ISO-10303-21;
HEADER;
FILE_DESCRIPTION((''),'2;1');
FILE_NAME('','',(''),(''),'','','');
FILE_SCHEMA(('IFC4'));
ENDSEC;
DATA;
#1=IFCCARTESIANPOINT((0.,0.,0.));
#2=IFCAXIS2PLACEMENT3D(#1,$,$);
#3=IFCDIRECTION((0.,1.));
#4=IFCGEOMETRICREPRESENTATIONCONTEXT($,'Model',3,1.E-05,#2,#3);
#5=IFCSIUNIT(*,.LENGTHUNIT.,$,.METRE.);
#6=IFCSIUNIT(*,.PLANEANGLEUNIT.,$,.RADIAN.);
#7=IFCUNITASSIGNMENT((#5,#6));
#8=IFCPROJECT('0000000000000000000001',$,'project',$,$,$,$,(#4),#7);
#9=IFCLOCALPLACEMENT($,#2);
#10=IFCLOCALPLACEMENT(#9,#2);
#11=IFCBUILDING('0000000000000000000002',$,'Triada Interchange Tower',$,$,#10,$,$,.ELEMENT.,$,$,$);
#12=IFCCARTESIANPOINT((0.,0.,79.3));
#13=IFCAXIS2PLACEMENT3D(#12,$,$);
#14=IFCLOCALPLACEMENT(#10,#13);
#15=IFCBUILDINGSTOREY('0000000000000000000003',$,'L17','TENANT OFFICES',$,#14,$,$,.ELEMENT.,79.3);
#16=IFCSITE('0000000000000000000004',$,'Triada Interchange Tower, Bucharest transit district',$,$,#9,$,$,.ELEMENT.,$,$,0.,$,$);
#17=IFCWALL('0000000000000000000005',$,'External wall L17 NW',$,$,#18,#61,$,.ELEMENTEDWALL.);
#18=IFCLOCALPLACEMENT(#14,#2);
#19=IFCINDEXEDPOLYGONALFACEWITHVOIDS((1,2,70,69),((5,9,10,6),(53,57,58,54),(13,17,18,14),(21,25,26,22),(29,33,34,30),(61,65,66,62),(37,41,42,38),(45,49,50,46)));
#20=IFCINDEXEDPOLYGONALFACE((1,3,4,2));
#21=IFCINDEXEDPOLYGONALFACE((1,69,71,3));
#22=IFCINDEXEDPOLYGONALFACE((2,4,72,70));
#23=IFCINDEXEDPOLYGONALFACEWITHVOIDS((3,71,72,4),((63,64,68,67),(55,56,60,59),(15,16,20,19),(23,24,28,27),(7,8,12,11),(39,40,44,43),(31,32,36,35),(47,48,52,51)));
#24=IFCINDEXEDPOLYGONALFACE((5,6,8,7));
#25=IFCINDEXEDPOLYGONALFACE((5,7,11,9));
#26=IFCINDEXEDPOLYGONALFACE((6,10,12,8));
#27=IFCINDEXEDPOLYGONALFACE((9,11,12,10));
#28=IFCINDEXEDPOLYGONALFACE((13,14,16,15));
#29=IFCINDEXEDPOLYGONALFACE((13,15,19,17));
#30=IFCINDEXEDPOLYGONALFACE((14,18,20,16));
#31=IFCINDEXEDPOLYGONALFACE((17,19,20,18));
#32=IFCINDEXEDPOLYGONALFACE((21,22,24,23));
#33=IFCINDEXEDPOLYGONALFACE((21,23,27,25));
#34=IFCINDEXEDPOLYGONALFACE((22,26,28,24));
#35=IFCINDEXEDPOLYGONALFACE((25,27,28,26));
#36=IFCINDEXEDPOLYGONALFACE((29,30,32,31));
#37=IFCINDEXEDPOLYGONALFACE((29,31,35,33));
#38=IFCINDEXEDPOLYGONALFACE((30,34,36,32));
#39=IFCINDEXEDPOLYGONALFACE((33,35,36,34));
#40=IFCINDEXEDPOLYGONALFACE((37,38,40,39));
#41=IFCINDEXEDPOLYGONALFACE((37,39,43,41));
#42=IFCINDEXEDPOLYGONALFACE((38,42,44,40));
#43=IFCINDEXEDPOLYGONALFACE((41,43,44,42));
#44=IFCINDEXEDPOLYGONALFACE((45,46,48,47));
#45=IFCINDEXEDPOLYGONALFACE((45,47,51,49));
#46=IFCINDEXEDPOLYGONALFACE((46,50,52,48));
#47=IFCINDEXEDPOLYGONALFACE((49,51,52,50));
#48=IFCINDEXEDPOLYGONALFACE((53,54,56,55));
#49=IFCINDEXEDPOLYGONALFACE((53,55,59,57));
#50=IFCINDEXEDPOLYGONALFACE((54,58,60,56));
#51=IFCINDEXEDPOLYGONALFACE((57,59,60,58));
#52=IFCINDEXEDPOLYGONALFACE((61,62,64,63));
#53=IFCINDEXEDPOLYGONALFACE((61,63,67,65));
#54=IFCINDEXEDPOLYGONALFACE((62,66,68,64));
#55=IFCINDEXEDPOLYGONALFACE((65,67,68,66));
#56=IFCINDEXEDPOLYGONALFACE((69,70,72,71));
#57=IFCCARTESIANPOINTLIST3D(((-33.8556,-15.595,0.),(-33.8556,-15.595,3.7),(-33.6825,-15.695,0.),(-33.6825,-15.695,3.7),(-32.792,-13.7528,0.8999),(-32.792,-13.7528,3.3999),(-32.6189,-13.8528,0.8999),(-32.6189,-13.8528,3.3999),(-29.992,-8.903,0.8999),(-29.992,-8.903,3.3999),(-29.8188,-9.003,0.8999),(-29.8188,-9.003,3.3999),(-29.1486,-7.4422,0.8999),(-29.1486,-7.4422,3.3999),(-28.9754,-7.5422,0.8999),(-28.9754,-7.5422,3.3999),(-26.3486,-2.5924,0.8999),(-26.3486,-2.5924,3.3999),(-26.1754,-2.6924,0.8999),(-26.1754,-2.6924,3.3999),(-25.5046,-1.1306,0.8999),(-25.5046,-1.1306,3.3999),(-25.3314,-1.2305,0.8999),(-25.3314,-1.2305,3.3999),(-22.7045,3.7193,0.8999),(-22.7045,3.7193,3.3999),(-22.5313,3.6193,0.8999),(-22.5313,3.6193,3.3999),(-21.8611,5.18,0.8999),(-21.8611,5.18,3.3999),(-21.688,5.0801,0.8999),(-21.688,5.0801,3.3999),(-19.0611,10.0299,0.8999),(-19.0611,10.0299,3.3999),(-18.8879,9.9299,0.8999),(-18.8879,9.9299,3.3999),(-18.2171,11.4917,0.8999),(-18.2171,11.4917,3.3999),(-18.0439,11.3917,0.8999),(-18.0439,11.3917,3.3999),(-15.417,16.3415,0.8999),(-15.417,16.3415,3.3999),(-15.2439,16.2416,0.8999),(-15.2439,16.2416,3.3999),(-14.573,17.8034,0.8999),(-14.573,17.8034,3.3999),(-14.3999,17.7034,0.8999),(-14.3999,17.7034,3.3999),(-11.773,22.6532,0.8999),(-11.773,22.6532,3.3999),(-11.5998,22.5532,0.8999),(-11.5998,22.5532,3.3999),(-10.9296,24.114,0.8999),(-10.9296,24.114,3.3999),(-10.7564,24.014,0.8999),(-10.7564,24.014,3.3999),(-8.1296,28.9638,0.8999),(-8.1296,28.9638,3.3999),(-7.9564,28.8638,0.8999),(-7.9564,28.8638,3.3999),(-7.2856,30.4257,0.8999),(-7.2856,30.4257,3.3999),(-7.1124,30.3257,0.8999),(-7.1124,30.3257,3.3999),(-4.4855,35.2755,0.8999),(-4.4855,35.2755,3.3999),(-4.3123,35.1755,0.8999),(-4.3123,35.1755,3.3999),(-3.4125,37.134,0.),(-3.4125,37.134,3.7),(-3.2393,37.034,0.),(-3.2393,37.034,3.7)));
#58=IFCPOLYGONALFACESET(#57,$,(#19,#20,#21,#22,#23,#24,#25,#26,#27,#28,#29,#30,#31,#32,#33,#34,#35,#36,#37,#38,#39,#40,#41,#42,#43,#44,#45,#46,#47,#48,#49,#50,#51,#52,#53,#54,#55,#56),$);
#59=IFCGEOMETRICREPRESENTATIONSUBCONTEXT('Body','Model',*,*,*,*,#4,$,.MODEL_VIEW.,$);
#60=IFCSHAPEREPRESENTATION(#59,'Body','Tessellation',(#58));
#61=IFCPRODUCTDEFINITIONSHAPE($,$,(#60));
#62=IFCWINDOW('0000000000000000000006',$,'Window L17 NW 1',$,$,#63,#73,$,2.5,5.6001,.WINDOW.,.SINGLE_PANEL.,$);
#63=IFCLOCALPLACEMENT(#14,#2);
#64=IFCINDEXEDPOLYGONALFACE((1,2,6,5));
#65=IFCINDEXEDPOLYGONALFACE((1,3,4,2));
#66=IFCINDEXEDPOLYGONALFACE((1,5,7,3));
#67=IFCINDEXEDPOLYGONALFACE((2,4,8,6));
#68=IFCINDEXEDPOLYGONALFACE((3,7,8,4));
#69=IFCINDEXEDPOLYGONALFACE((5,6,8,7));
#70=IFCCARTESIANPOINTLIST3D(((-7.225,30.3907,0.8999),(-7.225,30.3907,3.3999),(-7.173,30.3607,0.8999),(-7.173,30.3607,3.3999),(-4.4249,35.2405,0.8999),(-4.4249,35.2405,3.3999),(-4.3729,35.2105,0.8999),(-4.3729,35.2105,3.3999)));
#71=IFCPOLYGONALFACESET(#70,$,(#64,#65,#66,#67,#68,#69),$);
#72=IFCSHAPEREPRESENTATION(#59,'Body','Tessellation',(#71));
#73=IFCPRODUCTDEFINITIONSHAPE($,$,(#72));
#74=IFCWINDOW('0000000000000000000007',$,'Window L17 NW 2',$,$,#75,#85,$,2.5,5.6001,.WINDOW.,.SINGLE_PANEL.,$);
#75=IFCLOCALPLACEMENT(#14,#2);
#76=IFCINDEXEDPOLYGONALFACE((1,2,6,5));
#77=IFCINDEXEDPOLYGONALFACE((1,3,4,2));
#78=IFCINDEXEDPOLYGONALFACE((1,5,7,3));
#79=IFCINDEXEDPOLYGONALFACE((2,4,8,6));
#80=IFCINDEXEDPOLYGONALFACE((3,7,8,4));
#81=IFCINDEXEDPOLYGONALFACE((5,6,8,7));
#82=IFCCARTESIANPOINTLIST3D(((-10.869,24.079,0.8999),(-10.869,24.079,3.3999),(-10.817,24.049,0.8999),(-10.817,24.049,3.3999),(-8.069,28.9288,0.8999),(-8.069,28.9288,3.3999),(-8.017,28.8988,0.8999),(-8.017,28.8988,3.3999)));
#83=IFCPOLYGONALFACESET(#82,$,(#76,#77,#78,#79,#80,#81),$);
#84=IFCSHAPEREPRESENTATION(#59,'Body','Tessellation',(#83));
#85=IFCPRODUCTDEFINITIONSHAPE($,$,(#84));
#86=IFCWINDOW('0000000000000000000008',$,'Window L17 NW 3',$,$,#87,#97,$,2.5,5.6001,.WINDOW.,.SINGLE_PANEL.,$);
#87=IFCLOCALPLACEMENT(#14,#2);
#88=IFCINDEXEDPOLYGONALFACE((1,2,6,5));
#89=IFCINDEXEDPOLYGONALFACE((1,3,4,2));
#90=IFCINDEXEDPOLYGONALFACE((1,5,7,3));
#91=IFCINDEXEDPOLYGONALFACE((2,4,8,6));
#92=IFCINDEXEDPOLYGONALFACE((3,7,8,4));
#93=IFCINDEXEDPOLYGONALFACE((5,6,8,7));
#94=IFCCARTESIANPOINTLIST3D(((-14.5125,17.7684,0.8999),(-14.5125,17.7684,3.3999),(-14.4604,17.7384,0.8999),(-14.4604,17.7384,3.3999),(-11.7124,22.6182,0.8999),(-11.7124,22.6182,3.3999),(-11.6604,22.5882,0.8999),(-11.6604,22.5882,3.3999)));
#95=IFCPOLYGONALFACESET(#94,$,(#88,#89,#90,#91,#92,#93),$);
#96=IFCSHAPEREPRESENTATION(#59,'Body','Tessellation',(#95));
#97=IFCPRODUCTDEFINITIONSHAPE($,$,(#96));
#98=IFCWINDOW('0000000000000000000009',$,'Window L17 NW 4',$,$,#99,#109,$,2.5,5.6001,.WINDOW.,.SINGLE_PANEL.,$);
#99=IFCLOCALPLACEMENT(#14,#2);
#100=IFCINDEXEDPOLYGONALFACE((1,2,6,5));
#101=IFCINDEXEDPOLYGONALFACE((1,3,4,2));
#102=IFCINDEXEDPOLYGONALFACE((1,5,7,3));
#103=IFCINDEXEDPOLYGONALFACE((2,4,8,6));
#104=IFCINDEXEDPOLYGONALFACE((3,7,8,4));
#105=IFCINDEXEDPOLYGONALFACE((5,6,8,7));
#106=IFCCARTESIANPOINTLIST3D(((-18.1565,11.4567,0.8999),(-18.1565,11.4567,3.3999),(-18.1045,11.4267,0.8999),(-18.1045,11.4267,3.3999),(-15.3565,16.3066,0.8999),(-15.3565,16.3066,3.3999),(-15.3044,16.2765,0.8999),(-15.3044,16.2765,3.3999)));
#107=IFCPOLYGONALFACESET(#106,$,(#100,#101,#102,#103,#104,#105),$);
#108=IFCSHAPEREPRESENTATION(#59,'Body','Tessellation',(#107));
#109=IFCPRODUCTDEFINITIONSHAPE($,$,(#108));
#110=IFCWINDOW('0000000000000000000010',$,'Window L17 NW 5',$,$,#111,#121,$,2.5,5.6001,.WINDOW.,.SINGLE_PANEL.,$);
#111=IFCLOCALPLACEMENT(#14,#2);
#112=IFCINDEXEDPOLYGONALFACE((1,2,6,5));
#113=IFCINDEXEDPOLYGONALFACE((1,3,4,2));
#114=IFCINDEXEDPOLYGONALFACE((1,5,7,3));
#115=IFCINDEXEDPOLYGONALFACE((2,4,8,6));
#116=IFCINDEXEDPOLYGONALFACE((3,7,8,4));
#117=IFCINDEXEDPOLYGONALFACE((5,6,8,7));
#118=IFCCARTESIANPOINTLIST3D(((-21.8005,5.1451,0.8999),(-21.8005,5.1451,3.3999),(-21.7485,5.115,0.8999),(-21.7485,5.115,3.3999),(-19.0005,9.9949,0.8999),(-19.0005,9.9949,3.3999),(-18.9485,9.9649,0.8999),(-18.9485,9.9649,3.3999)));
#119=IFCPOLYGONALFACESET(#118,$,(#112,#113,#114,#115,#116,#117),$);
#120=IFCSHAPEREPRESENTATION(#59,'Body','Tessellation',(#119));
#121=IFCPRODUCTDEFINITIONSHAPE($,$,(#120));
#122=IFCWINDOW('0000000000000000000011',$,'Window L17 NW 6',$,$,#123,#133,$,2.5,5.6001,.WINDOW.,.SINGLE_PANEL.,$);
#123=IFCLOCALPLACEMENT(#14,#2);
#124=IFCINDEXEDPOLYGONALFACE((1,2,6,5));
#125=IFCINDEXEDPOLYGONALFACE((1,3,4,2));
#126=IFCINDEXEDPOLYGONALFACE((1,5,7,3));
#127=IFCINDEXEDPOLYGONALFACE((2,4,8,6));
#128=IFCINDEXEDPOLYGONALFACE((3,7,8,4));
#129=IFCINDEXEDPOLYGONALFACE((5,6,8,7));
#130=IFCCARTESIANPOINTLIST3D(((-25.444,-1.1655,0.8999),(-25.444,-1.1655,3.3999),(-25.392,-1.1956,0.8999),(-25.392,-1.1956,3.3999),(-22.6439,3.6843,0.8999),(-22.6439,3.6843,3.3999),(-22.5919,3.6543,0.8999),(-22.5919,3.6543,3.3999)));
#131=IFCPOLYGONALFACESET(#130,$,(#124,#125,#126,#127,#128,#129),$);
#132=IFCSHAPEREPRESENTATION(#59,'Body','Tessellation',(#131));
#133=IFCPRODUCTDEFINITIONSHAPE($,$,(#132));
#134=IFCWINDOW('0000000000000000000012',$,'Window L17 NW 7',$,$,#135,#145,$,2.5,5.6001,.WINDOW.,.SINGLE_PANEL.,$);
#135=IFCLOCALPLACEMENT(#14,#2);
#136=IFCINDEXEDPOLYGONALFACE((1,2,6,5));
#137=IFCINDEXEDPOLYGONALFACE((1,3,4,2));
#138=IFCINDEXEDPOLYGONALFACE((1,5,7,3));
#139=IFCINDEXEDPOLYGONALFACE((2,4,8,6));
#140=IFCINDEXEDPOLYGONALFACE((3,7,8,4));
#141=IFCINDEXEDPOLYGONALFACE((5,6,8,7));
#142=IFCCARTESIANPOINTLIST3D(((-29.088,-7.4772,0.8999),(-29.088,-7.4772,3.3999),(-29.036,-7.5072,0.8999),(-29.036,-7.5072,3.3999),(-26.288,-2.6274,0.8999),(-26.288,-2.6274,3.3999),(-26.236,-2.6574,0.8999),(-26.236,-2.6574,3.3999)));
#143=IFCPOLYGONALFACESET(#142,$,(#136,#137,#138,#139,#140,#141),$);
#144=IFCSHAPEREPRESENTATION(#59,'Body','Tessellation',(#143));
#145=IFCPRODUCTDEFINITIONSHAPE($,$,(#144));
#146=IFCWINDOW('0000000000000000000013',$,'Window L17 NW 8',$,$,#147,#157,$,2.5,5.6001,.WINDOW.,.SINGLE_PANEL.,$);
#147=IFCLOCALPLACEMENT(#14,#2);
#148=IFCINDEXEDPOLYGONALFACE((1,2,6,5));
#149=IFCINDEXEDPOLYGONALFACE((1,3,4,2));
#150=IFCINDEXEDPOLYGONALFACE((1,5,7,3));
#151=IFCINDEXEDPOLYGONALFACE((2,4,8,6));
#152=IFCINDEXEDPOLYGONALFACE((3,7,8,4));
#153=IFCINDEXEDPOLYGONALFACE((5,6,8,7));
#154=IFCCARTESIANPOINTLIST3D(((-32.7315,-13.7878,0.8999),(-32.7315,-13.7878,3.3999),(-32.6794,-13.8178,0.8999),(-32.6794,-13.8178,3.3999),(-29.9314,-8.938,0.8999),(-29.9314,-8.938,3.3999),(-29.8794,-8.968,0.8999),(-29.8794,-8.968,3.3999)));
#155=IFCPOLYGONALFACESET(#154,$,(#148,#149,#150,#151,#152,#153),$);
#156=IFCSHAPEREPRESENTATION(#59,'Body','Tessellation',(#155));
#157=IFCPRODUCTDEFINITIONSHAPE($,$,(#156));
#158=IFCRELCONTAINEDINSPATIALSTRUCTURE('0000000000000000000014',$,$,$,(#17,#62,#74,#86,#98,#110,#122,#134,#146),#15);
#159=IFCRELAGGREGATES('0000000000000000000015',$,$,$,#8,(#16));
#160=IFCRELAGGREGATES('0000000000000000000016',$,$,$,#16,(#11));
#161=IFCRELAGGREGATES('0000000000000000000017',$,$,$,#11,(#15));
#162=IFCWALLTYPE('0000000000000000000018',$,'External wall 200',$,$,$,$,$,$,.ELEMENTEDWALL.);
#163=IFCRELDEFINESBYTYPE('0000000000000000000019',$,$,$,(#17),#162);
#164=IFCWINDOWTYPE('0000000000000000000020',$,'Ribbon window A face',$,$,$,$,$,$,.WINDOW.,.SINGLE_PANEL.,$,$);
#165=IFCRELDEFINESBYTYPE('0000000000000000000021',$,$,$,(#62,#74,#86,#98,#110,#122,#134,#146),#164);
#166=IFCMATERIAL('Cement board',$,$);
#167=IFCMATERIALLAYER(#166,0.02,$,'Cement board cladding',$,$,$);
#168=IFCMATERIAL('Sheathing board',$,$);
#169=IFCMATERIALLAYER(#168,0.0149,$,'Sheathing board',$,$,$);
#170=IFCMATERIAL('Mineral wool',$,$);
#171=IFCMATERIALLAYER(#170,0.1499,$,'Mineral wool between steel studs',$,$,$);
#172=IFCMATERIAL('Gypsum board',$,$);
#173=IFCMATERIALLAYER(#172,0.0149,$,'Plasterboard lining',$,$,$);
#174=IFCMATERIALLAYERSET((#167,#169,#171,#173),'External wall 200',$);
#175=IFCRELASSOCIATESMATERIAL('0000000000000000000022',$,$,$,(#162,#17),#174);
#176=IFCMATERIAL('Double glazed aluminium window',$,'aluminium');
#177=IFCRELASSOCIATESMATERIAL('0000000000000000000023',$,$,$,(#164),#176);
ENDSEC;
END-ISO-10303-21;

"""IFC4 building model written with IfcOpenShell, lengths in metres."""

from ifc_helpers import new_model, si_unit, direction, frame, frame_2d, origin, place, context, subcontext, project, spatial, rectangle, extrude, material, layer, layer_set, layer_usage, type_object, element, fill, save


model = new_model("IFC4")

# Units and contexts
model_context = context("Model", 3, precision=1e-05, world=origin(), true_north=direction((0.0, 1.0)))
body_context = subcontext(model_context, "Body", "Model", "MODEL_VIEW")
ifc_project = project(units=[si_unit("LENGTHUNIT", "METRE"), si_unit("PLANEANGLEUNIT", "RADIAN")], contexts=[model_context])

# Site, building, storey
site_placement = place(None, origin())
site = spatial("IfcSite", under=ifc_project, at=site_placement, Name="Triada Interchange Tower, Bucharest transit district", CompositionType="ELEMENT", RefElevation=0.0)
building_placement = place(site_placement, origin())
building = spatial("IfcBuilding", under=site, at=building_placement, Name="Triada Interchange Tower", CompositionType="ELEMENT")
storey_placement = place(building_placement, frame((0.0, 0.0, 79.3)))
storey = spatial("IfcBuildingStorey", under=building, at=storey_placement, Name="L17", Description="TENANT OFFICES", CompositionType="ELEMENT", Elevation=79.3)

# Wall, openings, windows
ifc_material_1 = material(Name="Cement board")
ifc_layer_1 = layer(ifc_material_1, 0.02, Name="Cement board cladding")
ifc_material_2 = material(Name="Sheathing board")
ifc_layer_2 = layer(ifc_material_2, 0.0149, Name="Sheathing board")
ifc_material_3 = material(Name="Mineral wool")
ifc_layer_3 = layer(ifc_material_3, 0.1499, Name="Mineral wool between steel studs")
ifc_material_4 = material(Name="Gypsum board")
ifc_layer_4 = layer(ifc_material_4, 0.0149, Name="Plasterboard lining")
ifc_layer_set_1 = layer_set([ifc_layer_1, ifc_layer_2, ifc_layer_3, ifc_layer_4], Name="External wall 200")
ifc_layer_usage = layer_usage(ifc_layer_set_1, "AXIS2", "POSITIVE", -0.1001)
wall_type_1 = type_object("IfcWallType", Name="External wall 200", PredefinedType="ELEMENTEDWALL", material=ifc_layer_set_1)
wall_1_placement = place(storey_placement, frame((-3.3259, 37.084, 0.0), z_axis=(0.0, 0.0, 1.0), x_axis=(-0.5, -0.866025, 0.0)))
wall_1 = element("IfcWall", 1, at=wall_1_placement, inside=storey, type_object=wall_type_1, material=ifc_layer_usage, Name="External wall L17 NW", PredefinedType="ELEMENTEDWALL", context=body_context, shape_type="SweptSolid", body=[
    extrude(rectangle(XDim=60.8862, YDim=0.2, at=frame_2d((30.4431, 0.0))), origin(), (0.0, 0.0, 1.0), 3.7),
])
opening_1_placement = place(wall_1_placement, frame((2.146, 0.0, 0.8999)))
opening_1 = element("IfcOpeningElement", 2, at=opening_1_placement, cuts=wall_1, PredefinedType="OPENING", context=body_context, shape_type="SweptSolid", body=[
    extrude(rectangle(XDim=5.6001, YDim=2.5, at=frame_2d((2.8, 1.25))), frame((0.0, 0.1099, 0.0), z_axis=(0.0, -1.0, 0.0), x_axis=(1.0, 0.0, 0.0)), (0.0, 0.0, 1.0), 0.22),
])
opening_2_placement = place(wall_1_placement, frame((9.4341, 0.0, 0.8999)))
opening_2 = element("IfcOpeningElement", 3, at=opening_2_placement, cuts=wall_1, PredefinedType="OPENING", context=body_context, shape_type="SweptSolid", body=[
    extrude(rectangle(XDim=5.6001, YDim=2.5, at=frame_2d((2.8, 1.25))), frame((0.0, 0.1099, 0.0), z_axis=(0.0, -1.0, 0.0), x_axis=(1.0, 0.0, 0.0)), (0.0, 0.0, 1.0), 0.22),
])
opening_3_placement = place(wall_1_placement, frame((16.7209, 0.0, 0.8999)))
opening_3 = element("IfcOpeningElement", 4, at=opening_3_placement, cuts=wall_1, PredefinedType="OPENING", context=body_context, shape_type="SweptSolid", body=[
    extrude(rectangle(XDim=5.6001, YDim=2.5, at=frame_2d((2.8, 1.25))), frame((0.0, 0.1099, 0.0), z_axis=(0.0, -1.0, 0.0), x_axis=(1.0, 0.0, 0.0)), (0.0, 0.0, 1.0), 0.22),
])
opening_4_placement = place(wall_1_placement, frame((24.009, 0.0, 0.8999)))
opening_4 = element("IfcOpeningElement", 5, at=opening_4_placement, cuts=wall_1, PredefinedType="OPENING", context=body_context, shape_type="SweptSolid", body=[
    extrude(rectangle(XDim=5.6001, YDim=2.5, at=frame_2d((2.8, 1.25))), frame((0.0, 0.1099, 0.0), z_axis=(0.0, -1.0, 0.0), x_axis=(1.0, 0.0, 0.0)), (0.0, 0.0, 1.0), 0.22),
])
opening_5_placement = place(wall_1_placement, frame((31.2971, 0.0, 0.8999)))
opening_5 = element("IfcOpeningElement", 6, at=opening_5_placement, cuts=wall_1, PredefinedType="OPENING", context=body_context, shape_type="SweptSolid", body=[
    extrude(rectangle(XDim=5.6001, YDim=2.5, at=frame_2d((2.8, 1.25))), frame((0.0, 0.1099, 0.0), z_axis=(0.0, -1.0, 0.0), x_axis=(1.0, 0.0, 0.0)), (0.0, 0.0, 1.0), 0.22),
])
opening_6_placement = place(wall_1_placement, frame((38.584, 0.0, 0.8999)))
opening_6 = element("IfcOpeningElement", 7, at=opening_6_placement, cuts=wall_1, PredefinedType="OPENING", context=body_context, shape_type="SweptSolid", body=[
    extrude(rectangle(XDim=5.6001, YDim=2.5, at=frame_2d((2.8, 1.25))), frame((0.0, 0.1099, 0.0), z_axis=(0.0, -1.0, 0.0), x_axis=(1.0, 0.0, 0.0)), (0.0, 0.0, 1.0), 0.22),
])
opening_7_placement = place(wall_1_placement, frame((45.8721, 0.0, 0.8999)))
opening_7 = element("IfcOpeningElement", 8, at=opening_7_placement, cuts=wall_1, PredefinedType="OPENING", context=body_context, shape_type="SweptSolid", body=[
    extrude(rectangle(XDim=5.6001, YDim=2.5, at=frame_2d((2.8, 1.25))), frame((0.0, 0.1099, 0.0), z_axis=(0.0, -1.0, 0.0), x_axis=(1.0, 0.0, 0.0)), (0.0, 0.0, 1.0), 0.22),
])
opening_8_placement = place(wall_1_placement, frame((53.1589, 0.0, 0.8999)))
opening_8 = element("IfcOpeningElement", 9, at=opening_8_placement, cuts=wall_1, PredefinedType="OPENING", context=body_context, shape_type="SweptSolid", body=[
    extrude(rectangle(XDim=5.6001, YDim=2.5, at=frame_2d((2.8, 1.25))), frame((0.0, 0.1099, 0.0), z_axis=(0.0, -1.0, 0.0), x_axis=(1.0, 0.0, 0.0)), (0.0, 0.0, 1.0), 0.22),
])
ifc_material_5 = material(Name="Double glazed aluminium window", Category="aluminium")
window_type = type_object("IfcWindowType", Name="Ribbon window A face", PartitioningType="SINGLE_PANEL", PredefinedType="WINDOW", material=ifc_material_5)
window_1_placement = place(opening_1_placement, origin())
window_1 = element("IfcWindow", 10, at=window_1_placement, inside=storey, type_object=window_type, Name="Window L17 NW 1", OverallHeight=2.5, OverallWidth=5.6001, PartitioningType="SINGLE_PANEL", PredefinedType="WINDOW", context=body_context, shape_type="SweptSolid", body=[
    extrude(rectangle(XDim=5.6001, YDim=2.5, at=frame_2d((2.8, 1.25))), frame((0.0, 0.03, 0.0), z_axis=(0.0, -1.0, 0.0), x_axis=(1.0, 0.0, 0.0)), (0.0, 0.0, 1.0), 0.0601),
])
fill(opening_1, window_1)
window_2_placement = place(opening_2_placement, origin())
window_2 = element("IfcWindow", 11, at=window_2_placement, inside=storey, type_object=window_type, Name="Window L17 NW 2", OverallHeight=2.5, OverallWidth=5.6001, PartitioningType="SINGLE_PANEL", PredefinedType="WINDOW", context=body_context, shape_type="SweptSolid", body=[
    extrude(rectangle(XDim=5.6001, YDim=2.5, at=frame_2d((2.8, 1.25))), frame((0.0, 0.03, 0.0), z_axis=(0.0, -1.0, 0.0), x_axis=(1.0, 0.0, 0.0)), (0.0, 0.0, 1.0), 0.0601),
])
fill(opening_2, window_2)
window_3_placement = place(opening_3_placement, origin())
window_3 = element("IfcWindow", 12, at=window_3_placement, inside=storey, type_object=window_type, Name="Window L17 NW 3", OverallHeight=2.5, OverallWidth=5.6001, PartitioningType="SINGLE_PANEL", PredefinedType="WINDOW", context=body_context, shape_type="SweptSolid", body=[
    extrude(rectangle(XDim=5.6001, YDim=2.5, at=frame_2d((2.8, 1.25))), frame((0.0, 0.03, 0.0), z_axis=(0.0, -1.0, 0.0), x_axis=(1.0, 0.0, 0.0)), (0.0, 0.0, 1.0), 0.0601),
])
fill(opening_3, window_3)
window_4_placement = place(opening_4_placement, origin())
window_4 = element("IfcWindow", 13, at=window_4_placement, inside=storey, type_object=window_type, Name="Window L17 NW 4", OverallHeight=2.5, OverallWidth=5.6001, PartitioningType="SINGLE_PANEL", PredefinedType="WINDOW", context=body_context, shape_type="SweptSolid", body=[
    extrude(rectangle(XDim=5.6001, YDim=2.5, at=frame_2d((2.8, 1.25))), frame((0.0, 0.03, 0.0), z_axis=(0.0, -1.0, 0.0), x_axis=(1.0, 0.0, 0.0)), (0.0, 0.0, 1.0), 0.0601),
])
fill(opening_4, window_4)
window_5_placement = place(opening_5_placement, origin())
window_5 = element("IfcWindow", 14, at=window_5_placement, inside=storey, type_object=window_type, Name="Window L17 NW 5", OverallHeight=2.5, OverallWidth=5.6001, PartitioningType="SINGLE_PANEL", PredefinedType="WINDOW", context=body_context, shape_type="SweptSolid", body=[
    extrude(rectangle(XDim=5.6001, YDim=2.5, at=frame_2d((2.8, 1.25))), frame((0.0, 0.03, 0.0), z_axis=(0.0, -1.0, 0.0), x_axis=(1.0, 0.0, 0.0)), (0.0, 0.0, 1.0), 0.0601),
])
fill(opening_5, window_5)
window_6_placement = place(opening_6_placement, origin())
window_6 = element("IfcWindow", 15, at=window_6_placement, inside=storey, type_object=window_type, Name="Window L17 NW 6", OverallHeight=2.5, OverallWidth=5.6001, PartitioningType="SINGLE_PANEL", PredefinedType="WINDOW", context=body_context, shape_type="SweptSolid", body=[
    extrude(rectangle(XDim=5.6001, YDim=2.5, at=frame_2d((2.8, 1.25))), frame((0.0, 0.03, 0.0), z_axis=(0.0, -1.0, 0.0), x_axis=(1.0, 0.0, 0.0)), (0.0, 0.0, 1.0), 0.0601),
])
fill(opening_6, window_6)
window_7_placement = place(opening_7_placement, origin())
window_7 = element("IfcWindow", 16, at=window_7_placement, inside=storey, type_object=window_type, Name="Window L17 NW 7", OverallHeight=2.5, OverallWidth=5.6001, PartitioningType="SINGLE_PANEL", PredefinedType="WINDOW", context=body_context, shape_type="SweptSolid", body=[
    extrude(rectangle(XDim=5.6001, YDim=2.5, at=frame_2d((2.8, 1.25))), frame((0.0, 0.03, 0.0), z_axis=(0.0, -1.0, 0.0), x_axis=(1.0, 0.0, 0.0)), (0.0, 0.0, 1.0), 0.0601),
])
fill(opening_7, window_7)
window_8_placement = place(opening_8_placement, origin())
window_8 = element("IfcWindow", 17, at=window_8_placement, inside=storey, type_object=window_type, Name="Window L17 NW 8", OverallHeight=2.5, OverallWidth=5.6001, PartitioningType="SINGLE_PANEL", PredefinedType="WINDOW", context=body_context, shape_type="SweptSolid", body=[
    extrude(rectangle(XDim=5.6001, YDim=2.5, at=frame_2d((2.8, 1.25))), frame((0.0, 0.03, 0.0), z_axis=(0.0, -1.0, 0.0), x_axis=(1.0, 0.0, 0.0)), (0.0, 0.0, 1.0), 0.0601),
])
fill(opening_8, window_8)

save(model, "model.ifc")
